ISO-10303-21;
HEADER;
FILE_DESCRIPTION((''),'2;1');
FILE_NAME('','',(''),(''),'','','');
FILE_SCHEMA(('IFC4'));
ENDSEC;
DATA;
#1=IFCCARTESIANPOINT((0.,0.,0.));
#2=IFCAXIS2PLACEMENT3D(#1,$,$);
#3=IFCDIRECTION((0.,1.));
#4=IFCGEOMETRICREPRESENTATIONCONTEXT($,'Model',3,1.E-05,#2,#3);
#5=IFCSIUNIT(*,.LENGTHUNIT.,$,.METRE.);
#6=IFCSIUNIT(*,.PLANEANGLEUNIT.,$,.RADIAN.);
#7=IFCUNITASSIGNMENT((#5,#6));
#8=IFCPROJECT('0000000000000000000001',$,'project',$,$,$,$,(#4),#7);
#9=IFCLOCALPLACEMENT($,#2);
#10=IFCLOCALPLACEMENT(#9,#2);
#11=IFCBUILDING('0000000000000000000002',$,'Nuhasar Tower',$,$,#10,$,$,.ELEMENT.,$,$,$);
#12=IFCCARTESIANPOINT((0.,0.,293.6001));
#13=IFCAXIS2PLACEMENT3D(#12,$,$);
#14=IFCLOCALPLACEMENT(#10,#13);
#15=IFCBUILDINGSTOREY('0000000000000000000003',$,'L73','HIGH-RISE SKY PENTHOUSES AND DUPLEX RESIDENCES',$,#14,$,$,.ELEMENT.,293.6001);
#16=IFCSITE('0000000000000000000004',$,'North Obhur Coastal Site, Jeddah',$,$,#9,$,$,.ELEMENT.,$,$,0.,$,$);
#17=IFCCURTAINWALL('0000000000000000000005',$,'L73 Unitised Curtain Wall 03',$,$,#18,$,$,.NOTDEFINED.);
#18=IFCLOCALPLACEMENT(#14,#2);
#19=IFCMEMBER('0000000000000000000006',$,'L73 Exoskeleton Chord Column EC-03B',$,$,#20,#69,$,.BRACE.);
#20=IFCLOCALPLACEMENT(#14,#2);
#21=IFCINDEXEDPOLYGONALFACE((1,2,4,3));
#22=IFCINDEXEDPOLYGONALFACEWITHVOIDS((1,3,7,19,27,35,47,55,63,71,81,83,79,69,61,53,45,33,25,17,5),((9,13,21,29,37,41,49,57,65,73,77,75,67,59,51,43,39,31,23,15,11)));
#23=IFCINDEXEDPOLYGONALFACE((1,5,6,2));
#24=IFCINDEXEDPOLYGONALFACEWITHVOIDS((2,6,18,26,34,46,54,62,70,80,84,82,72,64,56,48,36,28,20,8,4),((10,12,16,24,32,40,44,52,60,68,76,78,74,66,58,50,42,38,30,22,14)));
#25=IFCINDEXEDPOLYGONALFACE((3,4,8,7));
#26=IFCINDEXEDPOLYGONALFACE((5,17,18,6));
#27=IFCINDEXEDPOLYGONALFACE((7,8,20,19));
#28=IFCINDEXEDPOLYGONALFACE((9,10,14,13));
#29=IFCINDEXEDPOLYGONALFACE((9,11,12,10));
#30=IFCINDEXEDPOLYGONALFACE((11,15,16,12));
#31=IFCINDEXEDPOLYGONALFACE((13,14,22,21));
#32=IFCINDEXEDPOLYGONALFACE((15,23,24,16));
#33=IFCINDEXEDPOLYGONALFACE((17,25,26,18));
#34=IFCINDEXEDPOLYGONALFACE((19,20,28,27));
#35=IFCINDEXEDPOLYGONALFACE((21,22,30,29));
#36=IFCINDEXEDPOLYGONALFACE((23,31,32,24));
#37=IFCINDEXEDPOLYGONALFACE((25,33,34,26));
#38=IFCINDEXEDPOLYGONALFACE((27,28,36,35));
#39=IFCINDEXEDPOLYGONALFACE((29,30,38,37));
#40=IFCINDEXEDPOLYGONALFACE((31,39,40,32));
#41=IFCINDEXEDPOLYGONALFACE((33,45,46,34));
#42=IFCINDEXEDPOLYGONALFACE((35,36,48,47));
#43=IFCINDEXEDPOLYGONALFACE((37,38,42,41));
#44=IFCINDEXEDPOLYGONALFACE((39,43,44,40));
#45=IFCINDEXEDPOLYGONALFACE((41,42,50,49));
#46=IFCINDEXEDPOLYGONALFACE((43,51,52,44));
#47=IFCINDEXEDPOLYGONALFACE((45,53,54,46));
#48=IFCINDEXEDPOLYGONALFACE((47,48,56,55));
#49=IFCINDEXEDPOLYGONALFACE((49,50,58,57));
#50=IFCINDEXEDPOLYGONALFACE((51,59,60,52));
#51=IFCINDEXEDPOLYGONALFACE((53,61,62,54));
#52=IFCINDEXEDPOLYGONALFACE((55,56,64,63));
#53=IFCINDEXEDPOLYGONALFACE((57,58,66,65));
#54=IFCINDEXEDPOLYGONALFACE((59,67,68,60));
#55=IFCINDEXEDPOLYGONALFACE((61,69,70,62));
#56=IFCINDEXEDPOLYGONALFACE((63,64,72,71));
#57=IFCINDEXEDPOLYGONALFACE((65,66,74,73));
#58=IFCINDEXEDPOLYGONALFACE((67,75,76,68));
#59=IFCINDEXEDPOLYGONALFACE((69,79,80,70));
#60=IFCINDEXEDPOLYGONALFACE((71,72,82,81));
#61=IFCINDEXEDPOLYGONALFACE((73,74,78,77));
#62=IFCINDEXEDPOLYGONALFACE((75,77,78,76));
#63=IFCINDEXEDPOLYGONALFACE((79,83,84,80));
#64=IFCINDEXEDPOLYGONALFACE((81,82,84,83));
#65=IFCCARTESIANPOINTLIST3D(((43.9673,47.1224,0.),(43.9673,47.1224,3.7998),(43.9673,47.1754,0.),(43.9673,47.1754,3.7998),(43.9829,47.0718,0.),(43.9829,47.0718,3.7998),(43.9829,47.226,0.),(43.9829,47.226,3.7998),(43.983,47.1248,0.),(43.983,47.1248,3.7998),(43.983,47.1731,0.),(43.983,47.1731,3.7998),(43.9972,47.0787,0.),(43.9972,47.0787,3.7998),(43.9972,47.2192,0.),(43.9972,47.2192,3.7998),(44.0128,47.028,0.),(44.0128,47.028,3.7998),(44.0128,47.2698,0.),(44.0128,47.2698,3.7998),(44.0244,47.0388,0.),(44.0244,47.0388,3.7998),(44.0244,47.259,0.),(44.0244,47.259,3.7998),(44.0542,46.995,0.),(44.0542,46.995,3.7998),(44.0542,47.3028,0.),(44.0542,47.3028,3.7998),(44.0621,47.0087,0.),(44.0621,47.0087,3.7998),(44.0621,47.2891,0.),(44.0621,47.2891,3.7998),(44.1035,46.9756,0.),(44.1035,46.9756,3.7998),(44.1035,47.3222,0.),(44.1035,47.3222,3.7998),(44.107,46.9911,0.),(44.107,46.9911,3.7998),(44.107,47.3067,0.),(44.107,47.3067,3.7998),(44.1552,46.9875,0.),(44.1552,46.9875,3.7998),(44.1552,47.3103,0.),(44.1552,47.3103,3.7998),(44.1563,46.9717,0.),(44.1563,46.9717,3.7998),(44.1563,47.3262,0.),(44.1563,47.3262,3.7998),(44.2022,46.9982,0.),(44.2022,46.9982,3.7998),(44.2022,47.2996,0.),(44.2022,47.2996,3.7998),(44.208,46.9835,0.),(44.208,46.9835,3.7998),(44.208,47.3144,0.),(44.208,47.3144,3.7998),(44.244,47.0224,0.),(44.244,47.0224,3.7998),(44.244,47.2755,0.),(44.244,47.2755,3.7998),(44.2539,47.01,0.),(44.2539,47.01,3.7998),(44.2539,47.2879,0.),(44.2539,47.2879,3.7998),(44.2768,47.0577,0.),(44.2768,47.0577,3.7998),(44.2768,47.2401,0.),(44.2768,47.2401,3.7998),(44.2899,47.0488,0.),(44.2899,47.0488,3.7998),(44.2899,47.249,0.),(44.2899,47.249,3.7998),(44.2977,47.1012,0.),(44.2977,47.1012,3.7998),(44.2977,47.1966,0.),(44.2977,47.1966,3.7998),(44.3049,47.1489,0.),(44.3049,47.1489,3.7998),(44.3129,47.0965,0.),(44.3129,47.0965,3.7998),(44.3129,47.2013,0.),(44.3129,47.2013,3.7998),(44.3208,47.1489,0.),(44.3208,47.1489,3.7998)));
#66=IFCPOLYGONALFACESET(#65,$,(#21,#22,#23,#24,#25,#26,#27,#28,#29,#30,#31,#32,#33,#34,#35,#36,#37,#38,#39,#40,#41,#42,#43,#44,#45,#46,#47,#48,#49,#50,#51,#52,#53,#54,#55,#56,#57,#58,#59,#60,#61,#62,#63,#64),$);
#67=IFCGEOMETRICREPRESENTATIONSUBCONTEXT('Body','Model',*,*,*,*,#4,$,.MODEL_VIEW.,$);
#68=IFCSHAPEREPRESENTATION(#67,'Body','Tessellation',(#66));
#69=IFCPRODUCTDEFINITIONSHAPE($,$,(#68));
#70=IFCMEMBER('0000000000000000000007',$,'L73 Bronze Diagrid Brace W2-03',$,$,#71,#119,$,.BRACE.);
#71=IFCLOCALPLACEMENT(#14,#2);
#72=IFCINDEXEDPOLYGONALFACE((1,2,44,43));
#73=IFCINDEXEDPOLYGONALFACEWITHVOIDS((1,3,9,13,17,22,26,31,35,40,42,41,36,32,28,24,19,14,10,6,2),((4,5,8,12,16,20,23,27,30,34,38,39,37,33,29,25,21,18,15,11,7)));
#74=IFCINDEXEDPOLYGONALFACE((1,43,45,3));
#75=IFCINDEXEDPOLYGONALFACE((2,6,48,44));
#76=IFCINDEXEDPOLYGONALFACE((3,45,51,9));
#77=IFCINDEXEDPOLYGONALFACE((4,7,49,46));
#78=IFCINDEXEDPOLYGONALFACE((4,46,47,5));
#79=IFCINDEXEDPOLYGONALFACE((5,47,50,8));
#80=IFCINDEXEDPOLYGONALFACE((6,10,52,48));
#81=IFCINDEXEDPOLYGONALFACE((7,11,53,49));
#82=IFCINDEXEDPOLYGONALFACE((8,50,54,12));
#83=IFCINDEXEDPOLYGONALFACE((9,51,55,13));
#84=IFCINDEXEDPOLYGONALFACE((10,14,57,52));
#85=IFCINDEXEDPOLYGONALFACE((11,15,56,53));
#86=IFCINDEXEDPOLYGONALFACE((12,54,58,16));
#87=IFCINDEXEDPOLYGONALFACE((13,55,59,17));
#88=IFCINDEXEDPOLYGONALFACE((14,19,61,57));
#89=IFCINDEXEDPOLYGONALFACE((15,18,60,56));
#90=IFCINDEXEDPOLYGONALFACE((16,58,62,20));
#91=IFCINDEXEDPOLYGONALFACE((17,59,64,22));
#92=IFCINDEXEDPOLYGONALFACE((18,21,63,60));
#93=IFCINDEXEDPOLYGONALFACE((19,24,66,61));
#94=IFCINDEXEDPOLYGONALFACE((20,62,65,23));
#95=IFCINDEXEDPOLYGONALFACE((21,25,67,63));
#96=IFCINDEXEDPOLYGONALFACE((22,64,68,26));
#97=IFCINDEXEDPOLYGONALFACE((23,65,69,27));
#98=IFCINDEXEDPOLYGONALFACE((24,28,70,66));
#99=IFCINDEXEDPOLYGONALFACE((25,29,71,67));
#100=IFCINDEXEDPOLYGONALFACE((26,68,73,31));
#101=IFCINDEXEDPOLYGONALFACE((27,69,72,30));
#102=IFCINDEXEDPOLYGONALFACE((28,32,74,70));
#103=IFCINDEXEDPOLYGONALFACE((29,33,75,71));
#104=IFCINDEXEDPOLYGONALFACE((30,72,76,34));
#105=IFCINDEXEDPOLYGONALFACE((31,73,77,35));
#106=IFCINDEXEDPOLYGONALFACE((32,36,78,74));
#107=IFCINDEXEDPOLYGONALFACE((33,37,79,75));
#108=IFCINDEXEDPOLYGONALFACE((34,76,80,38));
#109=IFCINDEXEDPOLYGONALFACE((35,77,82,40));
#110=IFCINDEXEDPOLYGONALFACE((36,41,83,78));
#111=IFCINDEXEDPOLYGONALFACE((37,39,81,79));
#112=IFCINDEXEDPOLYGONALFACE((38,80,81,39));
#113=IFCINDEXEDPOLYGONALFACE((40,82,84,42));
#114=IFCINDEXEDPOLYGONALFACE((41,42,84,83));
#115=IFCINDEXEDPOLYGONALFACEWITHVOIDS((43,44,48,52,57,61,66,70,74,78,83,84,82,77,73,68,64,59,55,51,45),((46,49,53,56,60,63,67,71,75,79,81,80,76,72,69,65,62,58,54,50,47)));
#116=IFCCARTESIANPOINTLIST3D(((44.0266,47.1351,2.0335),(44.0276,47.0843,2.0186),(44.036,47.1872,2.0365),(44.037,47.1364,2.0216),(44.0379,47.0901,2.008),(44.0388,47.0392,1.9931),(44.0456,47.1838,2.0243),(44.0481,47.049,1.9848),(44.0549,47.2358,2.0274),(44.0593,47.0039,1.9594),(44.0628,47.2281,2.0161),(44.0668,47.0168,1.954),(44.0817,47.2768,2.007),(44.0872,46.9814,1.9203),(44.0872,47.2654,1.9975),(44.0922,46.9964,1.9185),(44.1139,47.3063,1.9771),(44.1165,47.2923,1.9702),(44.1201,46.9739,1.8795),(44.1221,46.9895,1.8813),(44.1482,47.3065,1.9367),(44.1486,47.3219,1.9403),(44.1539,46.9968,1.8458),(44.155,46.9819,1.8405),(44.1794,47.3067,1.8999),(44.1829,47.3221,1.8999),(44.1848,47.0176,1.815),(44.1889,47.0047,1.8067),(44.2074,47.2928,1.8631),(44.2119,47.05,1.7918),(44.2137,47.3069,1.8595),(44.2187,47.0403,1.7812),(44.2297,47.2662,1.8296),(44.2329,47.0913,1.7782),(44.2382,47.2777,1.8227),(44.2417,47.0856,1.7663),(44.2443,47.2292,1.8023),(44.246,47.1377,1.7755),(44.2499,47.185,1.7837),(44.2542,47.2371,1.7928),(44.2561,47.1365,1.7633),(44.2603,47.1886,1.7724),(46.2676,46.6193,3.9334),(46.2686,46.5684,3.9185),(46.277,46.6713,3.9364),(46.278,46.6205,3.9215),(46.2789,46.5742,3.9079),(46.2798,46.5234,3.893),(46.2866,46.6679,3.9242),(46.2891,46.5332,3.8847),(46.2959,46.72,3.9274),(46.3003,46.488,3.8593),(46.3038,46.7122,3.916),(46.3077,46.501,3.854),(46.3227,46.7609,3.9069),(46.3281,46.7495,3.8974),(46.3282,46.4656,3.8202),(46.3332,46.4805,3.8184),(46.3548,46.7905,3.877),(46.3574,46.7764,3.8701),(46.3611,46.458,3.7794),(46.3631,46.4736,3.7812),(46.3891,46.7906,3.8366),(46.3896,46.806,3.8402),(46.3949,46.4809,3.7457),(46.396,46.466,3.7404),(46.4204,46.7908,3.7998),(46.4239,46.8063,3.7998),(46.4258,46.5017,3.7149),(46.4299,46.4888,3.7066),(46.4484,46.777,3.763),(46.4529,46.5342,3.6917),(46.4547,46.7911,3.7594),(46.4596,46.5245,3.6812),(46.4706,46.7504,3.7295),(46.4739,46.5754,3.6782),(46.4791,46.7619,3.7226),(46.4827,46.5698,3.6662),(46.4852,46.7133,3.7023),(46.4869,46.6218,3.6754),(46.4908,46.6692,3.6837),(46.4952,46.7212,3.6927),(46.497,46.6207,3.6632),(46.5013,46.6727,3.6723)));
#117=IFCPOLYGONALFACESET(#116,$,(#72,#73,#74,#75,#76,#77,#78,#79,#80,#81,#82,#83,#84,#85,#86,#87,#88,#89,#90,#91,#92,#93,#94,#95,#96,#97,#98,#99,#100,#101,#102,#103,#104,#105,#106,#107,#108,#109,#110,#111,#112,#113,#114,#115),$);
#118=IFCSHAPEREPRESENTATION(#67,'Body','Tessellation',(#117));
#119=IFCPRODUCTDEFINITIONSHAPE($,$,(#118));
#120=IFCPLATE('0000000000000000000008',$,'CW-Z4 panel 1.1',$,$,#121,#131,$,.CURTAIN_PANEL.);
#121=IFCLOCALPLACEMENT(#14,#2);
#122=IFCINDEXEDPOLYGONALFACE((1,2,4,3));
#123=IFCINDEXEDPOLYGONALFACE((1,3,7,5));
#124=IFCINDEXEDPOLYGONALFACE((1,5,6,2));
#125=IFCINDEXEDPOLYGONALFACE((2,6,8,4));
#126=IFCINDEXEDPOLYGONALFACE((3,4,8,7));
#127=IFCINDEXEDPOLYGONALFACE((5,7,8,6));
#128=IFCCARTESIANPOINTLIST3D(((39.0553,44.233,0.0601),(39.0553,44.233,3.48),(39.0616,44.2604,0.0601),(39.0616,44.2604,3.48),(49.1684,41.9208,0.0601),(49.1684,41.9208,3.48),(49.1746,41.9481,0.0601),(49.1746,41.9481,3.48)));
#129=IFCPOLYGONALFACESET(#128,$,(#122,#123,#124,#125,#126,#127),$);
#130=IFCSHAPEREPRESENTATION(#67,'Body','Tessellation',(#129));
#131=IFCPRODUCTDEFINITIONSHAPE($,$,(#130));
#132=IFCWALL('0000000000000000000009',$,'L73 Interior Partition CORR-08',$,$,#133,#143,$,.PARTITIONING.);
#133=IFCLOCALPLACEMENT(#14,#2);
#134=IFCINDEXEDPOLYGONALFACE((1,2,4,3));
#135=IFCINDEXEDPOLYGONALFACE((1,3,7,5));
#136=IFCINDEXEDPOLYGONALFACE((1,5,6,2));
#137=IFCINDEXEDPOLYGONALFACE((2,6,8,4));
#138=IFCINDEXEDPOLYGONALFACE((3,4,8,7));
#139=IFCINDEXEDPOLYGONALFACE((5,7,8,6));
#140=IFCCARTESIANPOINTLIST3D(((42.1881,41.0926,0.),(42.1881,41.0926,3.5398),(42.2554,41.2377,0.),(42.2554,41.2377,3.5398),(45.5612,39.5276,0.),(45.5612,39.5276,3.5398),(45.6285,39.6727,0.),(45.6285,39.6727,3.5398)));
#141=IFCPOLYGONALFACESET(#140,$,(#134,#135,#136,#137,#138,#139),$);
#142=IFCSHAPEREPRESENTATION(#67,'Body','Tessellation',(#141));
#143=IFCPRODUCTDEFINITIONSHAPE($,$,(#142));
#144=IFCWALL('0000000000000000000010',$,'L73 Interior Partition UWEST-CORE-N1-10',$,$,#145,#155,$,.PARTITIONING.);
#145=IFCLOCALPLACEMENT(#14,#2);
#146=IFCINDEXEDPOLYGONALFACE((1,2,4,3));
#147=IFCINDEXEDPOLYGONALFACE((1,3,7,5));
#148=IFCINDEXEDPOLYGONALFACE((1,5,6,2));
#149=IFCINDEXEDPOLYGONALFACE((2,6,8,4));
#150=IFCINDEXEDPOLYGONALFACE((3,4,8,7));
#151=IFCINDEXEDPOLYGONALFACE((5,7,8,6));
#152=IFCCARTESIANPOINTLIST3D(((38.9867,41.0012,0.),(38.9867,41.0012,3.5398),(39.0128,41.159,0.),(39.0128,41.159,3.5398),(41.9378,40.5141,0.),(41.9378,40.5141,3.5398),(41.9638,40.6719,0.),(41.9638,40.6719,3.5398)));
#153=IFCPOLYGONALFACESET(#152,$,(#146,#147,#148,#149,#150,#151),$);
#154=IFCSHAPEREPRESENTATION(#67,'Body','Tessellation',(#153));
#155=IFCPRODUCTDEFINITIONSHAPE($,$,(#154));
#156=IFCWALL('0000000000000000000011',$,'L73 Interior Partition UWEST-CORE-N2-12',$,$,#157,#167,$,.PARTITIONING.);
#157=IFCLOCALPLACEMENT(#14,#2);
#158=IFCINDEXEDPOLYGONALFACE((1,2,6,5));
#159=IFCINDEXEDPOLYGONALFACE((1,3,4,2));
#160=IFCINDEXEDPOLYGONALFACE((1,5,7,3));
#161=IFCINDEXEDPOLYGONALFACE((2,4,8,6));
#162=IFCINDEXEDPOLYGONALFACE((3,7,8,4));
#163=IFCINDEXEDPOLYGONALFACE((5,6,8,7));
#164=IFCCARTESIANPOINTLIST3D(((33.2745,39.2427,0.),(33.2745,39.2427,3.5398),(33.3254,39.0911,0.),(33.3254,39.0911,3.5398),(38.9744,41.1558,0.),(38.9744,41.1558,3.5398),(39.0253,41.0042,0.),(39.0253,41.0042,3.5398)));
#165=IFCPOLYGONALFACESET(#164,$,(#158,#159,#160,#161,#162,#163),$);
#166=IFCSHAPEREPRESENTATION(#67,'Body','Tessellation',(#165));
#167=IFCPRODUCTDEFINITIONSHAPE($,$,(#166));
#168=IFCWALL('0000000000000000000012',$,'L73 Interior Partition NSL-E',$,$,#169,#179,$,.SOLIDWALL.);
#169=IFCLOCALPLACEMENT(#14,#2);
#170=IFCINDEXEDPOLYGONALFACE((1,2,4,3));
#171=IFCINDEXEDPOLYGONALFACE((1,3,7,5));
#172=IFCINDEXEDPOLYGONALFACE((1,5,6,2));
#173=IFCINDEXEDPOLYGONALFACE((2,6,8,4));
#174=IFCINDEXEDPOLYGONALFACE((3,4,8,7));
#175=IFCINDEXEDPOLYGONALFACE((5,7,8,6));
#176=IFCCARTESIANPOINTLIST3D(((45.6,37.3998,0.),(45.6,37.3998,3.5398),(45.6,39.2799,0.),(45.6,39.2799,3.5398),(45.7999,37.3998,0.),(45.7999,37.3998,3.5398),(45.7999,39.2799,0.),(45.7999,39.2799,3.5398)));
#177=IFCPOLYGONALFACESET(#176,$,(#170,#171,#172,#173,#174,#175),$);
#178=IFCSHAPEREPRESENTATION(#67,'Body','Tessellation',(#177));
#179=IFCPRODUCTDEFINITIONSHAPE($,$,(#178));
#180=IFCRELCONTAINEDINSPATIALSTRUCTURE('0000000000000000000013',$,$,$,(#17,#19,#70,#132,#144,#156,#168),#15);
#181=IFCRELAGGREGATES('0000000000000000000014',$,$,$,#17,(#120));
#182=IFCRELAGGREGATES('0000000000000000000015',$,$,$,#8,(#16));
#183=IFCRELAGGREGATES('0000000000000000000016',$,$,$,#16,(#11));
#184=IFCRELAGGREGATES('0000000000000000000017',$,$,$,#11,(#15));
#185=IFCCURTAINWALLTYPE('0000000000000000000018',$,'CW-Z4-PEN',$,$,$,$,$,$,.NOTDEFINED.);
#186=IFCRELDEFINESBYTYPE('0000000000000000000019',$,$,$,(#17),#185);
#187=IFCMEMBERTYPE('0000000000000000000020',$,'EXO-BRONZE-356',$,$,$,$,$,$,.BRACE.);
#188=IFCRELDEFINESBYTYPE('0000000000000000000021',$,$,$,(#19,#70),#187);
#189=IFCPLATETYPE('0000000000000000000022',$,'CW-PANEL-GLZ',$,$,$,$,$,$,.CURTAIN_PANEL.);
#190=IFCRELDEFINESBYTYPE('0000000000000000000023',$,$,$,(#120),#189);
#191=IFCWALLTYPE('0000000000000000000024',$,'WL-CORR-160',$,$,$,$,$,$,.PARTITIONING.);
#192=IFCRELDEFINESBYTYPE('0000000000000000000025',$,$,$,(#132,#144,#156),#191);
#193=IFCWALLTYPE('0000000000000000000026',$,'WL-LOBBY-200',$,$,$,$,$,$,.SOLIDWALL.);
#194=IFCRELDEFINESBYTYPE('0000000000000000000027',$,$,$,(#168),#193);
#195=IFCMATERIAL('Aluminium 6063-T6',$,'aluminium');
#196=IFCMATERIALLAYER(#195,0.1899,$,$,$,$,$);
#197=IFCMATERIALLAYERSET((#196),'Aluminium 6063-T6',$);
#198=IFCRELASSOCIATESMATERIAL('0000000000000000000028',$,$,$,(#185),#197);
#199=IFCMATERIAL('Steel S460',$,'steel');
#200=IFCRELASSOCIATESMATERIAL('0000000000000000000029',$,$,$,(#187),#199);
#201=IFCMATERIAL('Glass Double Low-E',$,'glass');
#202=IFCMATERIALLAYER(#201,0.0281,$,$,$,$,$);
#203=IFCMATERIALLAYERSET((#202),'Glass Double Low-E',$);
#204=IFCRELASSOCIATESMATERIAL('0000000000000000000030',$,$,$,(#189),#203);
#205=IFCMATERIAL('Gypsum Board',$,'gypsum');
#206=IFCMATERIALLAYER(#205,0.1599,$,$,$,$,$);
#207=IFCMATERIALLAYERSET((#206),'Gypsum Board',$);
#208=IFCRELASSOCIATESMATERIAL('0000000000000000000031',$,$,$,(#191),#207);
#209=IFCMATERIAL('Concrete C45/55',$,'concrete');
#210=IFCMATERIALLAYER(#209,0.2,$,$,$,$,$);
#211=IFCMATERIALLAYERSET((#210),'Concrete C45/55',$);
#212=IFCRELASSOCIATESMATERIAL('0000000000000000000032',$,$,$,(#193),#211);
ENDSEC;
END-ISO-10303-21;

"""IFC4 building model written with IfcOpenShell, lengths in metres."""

from ifc_helpers import new_model, si_unit, direction, frame, frame_2d, origin, origin_2d, place, context, subcontext, project, spatial, rectangle, hollow_circle, extrude, material, layer, layer_set, material_profile, profile_set, type_object, element, aggregate, save


model = new_model("IFC4")

# Units and contexts
model_context = context("Model", 3, precision=1e-05, world=origin(), true_north=direction((0.0, 1.0)))
body_context = subcontext(model_context, "Body", "Model", "MODEL_VIEW")
ifc_project = project(units=[si_unit("LENGTHUNIT", "METRE"), si_unit("PLANEANGLEUNIT", "RADIAN")], contexts=[model_context])

# Site, building, storey
site_placement = place(None, origin())
site = spatial("IfcSite", under=ifc_project, at=site_placement, Name="North Obhur Coastal Site, Jeddah", CompositionType="ELEMENT", RefElevation=0.0)
building_placement = place(site_placement, origin())
building = spatial("IfcBuilding", under=site, at=building_placement, Name="Nuhasar Tower", CompositionType="ELEMENT")
storey_placement = place(building_placement, frame((0.0, 0.0, 293.6001)))
storey = spatial("IfcBuildingStorey", under=building, at=storey_placement, Name="L73", Description="HIGH-RISE SKY PENTHOUSES AND DUPLEX RESIDENCES", CompositionType="ELEMENT", Elevation=293.6001)

# Curtain wall
ifc_material_1 = material(Name="Aluminium 6063-T6", Category="aluminium")
ifc_layer_1 = layer(ifc_material_1, 0.1899)
ifc_layer_set_1 = layer_set([ifc_layer_1], Name="Aluminium 6063-T6")
curtain_wall_type = type_object("IfcCurtainWallType", Name="CW-Z4-PEN", PredefinedType="NOTDEFINED", material=ifc_layer_set_1)
curtain_wall_placement = place(storey_placement, origin())
curtain_wall = element("IfcCurtainWall", 1, at=curtain_wall_placement, inside=storey, type_object=curtain_wall_type, Name="L73 Unitised Curtain Wall 03", PredefinedType="NOTDEFINED")

# Members
ifc_material_2 = material(Name="Steel S460", Category="steel")
ifc_material_profile_1 = material_profile(ifc_material_2, hollow_circle(Radius=0.1777, WallThickness=0.0159, at=origin_2d()), Name="HSS355.6X15.9")
ifc_profile_set_1 = profile_set([ifc_material_profile_1], Name="Steel S460")
member_type_1 = type_object("IfcMemberType", Name="EXO-BRONZE-356", PredefinedType="BRACE", material=ifc_profile_set_1)
member_1_placement = place(storey_placement, frame((44.1431, 47.1489, 0.0), z_axis=(0.0, 0.0, 1.0), x_axis=(1.0, 0.0, 0.0)))
element("IfcMember", 2, at=member_1_placement, inside=storey, type_object=member_type_1, Name="L73 Exoskeleton Chord Column EC-03B", PredefinedType="BRACE", context=body_context, shape_type="SweptSolid", body=[
    extrude(hollow_circle(Radius=0.1777, WallThickness=0.0159, at=origin_2d()), origin(), (0.0, 0.0, 1.0), 3.7998),
])
member_2_placement = place(storey_placement, frame((44.1431, 47.1489, 1.8999), z_axis=(0.751272, -0.172942, 0.636932), x_axis=(0.224332, 0.974513, 0.0)))
element("IfcMember", 3, at=member_2_placement, inside=storey, type_object=member_type_1, Name="L73 Bronze Diagrid Brace W2-03", PredefinedType="BRACE", context=body_context, shape_type="SweptSolid", body=[
    extrude(hollow_circle(Radius=0.1777, WallThickness=0.0159, at=origin_2d()), origin(), (0.0, 0.0, 1.0), 2.9829),
])

# Plate
ifc_material_3 = material(Name="Glass Double Low-E", Category="glass")
ifc_layer_2 = layer(ifc_material_3, 0.0281)
ifc_layer_set_2 = layer_set([ifc_layer_2], Name="Glass Double Low-E")
plate_type = type_object("IfcPlateType", Name="CW-PANEL-GLZ", PredefinedType="CURTAIN_PANEL", material=ifc_layer_set_2)
plate_placement = place(storey_placement, frame((44.115, 43.0906, 0.0601), z_axis=(0.0, 0.0, 1.0), x_axis=(-0.974844, 0.222889, 0.0)))
plate = element("IfcPlate", 4, at=plate_placement, type_object=plate_type, Name="CW-Z4 panel 1.1", PredefinedType="CURTAIN_PANEL", context=body_context, shape_type="SweptSolid", body=[
    extrude(rectangle(XDim=10.374, YDim=0.0281, at=origin_2d()), origin(), (0.0, 0.0, 1.0), 3.4199),
])
aggregate(curtain_wall, [plate])

# Walls
ifc_material_4 = material(Name="Gypsum Board", Category="gypsum")
ifc_layer_3 = layer(ifc_material_4, 0.1599)
ifc_layer_set_3 = layer_set([ifc_layer_3], Name="Gypsum Board")
wall_type_1 = type_object("IfcWallType", Name="WL-CORR-160", PredefinedType="PARTITIONING", material=ifc_layer_set_3)
wall_1_placement = place(storey_placement, frame((45.595, 39.6001, 0.0), z_axis=(0.0, 0.0, 1.0), x_axis=(-0.907124, 0.420864, 0.0)))
element("IfcWall", 5, at=wall_1_placement, inside=storey, type_object=wall_type_1, Name="L73 Interior Partition CORR-08", PredefinedType="PARTITIONING", context=body_context, shape_type="SweptSolid", body=[
    extrude(rectangle(XDim=3.7185, YDim=0.1599, at=frame_2d((1.8594, 0.0))), origin(), (0.0, 0.0, 1.0), 3.5398),
])
wall_2_placement = place(storey_placement, frame((41.9509, 40.593, 0.0), z_axis=(0.0, 0.0, 1.0), x_axis=(-0.986651, 0.16285, 0.0)))
element("IfcWall", 6, at=wall_2_placement, inside=storey, type_object=wall_type_1, Name="L73 Interior Partition UWEST-CORE-N1-10", PredefinedType="PARTITIONING", context=body_context, shape_type="SweptSolid", body=[
    extrude(rectangle(XDim=2.991, YDim=0.1599, at=frame_2d((1.4956, 0.0))), origin(), (0.0, 0.0, 1.0), 3.5398),
])
wall_3_placement = place(storey_placement, frame((39.0, 41.0801, 0.0), z_axis=(0.0, 0.0, 1.0), x_axis=(-0.948028, -0.318188, 0.0)))
element("IfcWall", 7, at=wall_3_placement, inside=storey, type_object=wall_type_1, Name="L73 Interior Partition UWEST-CORE-N2-12", PredefinedType="PARTITIONING", context=body_context, shape_type="SweptSolid", body=[
    extrude(rectangle(XDim=6.0125, YDim=0.1599, at=frame_2d((3.0063, 0.0))), origin(), (0.0, 0.0, 1.0), 3.5398),
])
ifc_material_5 = material(Name="Concrete C45/55", Category="concrete")
ifc_layer_4 = layer(ifc_material_5, 0.2)
ifc_layer_set_4 = layer_set([ifc_layer_4], Name="Concrete C45/55")
wall_type_2 = type_object("IfcWallType", Name="WL-LOBBY-200", PredefinedType="SOLIDWALL", material=ifc_layer_set_4)
wall_4_placement = place(storey_placement, frame((45.7, 37.3999, 0.0), z_axis=(0.0, 0.0, 1.0), x_axis=(0.0, 1.0, 0.0)))
element("IfcWall", 8, at=wall_4_placement, inside=storey, type_object=wall_type_2, Name="L73 Interior Partition NSL-E", PredefinedType="SOLIDWALL", context=body_context, shape_type="SweptSolid", body=[
    extrude(rectangle(XDim=1.8801, YDim=0.2, at=frame_2d((0.9399, 0.0))), origin(), (0.0, 0.0, 1.0), 3.5398),
])

save(model, "model.ifc")
